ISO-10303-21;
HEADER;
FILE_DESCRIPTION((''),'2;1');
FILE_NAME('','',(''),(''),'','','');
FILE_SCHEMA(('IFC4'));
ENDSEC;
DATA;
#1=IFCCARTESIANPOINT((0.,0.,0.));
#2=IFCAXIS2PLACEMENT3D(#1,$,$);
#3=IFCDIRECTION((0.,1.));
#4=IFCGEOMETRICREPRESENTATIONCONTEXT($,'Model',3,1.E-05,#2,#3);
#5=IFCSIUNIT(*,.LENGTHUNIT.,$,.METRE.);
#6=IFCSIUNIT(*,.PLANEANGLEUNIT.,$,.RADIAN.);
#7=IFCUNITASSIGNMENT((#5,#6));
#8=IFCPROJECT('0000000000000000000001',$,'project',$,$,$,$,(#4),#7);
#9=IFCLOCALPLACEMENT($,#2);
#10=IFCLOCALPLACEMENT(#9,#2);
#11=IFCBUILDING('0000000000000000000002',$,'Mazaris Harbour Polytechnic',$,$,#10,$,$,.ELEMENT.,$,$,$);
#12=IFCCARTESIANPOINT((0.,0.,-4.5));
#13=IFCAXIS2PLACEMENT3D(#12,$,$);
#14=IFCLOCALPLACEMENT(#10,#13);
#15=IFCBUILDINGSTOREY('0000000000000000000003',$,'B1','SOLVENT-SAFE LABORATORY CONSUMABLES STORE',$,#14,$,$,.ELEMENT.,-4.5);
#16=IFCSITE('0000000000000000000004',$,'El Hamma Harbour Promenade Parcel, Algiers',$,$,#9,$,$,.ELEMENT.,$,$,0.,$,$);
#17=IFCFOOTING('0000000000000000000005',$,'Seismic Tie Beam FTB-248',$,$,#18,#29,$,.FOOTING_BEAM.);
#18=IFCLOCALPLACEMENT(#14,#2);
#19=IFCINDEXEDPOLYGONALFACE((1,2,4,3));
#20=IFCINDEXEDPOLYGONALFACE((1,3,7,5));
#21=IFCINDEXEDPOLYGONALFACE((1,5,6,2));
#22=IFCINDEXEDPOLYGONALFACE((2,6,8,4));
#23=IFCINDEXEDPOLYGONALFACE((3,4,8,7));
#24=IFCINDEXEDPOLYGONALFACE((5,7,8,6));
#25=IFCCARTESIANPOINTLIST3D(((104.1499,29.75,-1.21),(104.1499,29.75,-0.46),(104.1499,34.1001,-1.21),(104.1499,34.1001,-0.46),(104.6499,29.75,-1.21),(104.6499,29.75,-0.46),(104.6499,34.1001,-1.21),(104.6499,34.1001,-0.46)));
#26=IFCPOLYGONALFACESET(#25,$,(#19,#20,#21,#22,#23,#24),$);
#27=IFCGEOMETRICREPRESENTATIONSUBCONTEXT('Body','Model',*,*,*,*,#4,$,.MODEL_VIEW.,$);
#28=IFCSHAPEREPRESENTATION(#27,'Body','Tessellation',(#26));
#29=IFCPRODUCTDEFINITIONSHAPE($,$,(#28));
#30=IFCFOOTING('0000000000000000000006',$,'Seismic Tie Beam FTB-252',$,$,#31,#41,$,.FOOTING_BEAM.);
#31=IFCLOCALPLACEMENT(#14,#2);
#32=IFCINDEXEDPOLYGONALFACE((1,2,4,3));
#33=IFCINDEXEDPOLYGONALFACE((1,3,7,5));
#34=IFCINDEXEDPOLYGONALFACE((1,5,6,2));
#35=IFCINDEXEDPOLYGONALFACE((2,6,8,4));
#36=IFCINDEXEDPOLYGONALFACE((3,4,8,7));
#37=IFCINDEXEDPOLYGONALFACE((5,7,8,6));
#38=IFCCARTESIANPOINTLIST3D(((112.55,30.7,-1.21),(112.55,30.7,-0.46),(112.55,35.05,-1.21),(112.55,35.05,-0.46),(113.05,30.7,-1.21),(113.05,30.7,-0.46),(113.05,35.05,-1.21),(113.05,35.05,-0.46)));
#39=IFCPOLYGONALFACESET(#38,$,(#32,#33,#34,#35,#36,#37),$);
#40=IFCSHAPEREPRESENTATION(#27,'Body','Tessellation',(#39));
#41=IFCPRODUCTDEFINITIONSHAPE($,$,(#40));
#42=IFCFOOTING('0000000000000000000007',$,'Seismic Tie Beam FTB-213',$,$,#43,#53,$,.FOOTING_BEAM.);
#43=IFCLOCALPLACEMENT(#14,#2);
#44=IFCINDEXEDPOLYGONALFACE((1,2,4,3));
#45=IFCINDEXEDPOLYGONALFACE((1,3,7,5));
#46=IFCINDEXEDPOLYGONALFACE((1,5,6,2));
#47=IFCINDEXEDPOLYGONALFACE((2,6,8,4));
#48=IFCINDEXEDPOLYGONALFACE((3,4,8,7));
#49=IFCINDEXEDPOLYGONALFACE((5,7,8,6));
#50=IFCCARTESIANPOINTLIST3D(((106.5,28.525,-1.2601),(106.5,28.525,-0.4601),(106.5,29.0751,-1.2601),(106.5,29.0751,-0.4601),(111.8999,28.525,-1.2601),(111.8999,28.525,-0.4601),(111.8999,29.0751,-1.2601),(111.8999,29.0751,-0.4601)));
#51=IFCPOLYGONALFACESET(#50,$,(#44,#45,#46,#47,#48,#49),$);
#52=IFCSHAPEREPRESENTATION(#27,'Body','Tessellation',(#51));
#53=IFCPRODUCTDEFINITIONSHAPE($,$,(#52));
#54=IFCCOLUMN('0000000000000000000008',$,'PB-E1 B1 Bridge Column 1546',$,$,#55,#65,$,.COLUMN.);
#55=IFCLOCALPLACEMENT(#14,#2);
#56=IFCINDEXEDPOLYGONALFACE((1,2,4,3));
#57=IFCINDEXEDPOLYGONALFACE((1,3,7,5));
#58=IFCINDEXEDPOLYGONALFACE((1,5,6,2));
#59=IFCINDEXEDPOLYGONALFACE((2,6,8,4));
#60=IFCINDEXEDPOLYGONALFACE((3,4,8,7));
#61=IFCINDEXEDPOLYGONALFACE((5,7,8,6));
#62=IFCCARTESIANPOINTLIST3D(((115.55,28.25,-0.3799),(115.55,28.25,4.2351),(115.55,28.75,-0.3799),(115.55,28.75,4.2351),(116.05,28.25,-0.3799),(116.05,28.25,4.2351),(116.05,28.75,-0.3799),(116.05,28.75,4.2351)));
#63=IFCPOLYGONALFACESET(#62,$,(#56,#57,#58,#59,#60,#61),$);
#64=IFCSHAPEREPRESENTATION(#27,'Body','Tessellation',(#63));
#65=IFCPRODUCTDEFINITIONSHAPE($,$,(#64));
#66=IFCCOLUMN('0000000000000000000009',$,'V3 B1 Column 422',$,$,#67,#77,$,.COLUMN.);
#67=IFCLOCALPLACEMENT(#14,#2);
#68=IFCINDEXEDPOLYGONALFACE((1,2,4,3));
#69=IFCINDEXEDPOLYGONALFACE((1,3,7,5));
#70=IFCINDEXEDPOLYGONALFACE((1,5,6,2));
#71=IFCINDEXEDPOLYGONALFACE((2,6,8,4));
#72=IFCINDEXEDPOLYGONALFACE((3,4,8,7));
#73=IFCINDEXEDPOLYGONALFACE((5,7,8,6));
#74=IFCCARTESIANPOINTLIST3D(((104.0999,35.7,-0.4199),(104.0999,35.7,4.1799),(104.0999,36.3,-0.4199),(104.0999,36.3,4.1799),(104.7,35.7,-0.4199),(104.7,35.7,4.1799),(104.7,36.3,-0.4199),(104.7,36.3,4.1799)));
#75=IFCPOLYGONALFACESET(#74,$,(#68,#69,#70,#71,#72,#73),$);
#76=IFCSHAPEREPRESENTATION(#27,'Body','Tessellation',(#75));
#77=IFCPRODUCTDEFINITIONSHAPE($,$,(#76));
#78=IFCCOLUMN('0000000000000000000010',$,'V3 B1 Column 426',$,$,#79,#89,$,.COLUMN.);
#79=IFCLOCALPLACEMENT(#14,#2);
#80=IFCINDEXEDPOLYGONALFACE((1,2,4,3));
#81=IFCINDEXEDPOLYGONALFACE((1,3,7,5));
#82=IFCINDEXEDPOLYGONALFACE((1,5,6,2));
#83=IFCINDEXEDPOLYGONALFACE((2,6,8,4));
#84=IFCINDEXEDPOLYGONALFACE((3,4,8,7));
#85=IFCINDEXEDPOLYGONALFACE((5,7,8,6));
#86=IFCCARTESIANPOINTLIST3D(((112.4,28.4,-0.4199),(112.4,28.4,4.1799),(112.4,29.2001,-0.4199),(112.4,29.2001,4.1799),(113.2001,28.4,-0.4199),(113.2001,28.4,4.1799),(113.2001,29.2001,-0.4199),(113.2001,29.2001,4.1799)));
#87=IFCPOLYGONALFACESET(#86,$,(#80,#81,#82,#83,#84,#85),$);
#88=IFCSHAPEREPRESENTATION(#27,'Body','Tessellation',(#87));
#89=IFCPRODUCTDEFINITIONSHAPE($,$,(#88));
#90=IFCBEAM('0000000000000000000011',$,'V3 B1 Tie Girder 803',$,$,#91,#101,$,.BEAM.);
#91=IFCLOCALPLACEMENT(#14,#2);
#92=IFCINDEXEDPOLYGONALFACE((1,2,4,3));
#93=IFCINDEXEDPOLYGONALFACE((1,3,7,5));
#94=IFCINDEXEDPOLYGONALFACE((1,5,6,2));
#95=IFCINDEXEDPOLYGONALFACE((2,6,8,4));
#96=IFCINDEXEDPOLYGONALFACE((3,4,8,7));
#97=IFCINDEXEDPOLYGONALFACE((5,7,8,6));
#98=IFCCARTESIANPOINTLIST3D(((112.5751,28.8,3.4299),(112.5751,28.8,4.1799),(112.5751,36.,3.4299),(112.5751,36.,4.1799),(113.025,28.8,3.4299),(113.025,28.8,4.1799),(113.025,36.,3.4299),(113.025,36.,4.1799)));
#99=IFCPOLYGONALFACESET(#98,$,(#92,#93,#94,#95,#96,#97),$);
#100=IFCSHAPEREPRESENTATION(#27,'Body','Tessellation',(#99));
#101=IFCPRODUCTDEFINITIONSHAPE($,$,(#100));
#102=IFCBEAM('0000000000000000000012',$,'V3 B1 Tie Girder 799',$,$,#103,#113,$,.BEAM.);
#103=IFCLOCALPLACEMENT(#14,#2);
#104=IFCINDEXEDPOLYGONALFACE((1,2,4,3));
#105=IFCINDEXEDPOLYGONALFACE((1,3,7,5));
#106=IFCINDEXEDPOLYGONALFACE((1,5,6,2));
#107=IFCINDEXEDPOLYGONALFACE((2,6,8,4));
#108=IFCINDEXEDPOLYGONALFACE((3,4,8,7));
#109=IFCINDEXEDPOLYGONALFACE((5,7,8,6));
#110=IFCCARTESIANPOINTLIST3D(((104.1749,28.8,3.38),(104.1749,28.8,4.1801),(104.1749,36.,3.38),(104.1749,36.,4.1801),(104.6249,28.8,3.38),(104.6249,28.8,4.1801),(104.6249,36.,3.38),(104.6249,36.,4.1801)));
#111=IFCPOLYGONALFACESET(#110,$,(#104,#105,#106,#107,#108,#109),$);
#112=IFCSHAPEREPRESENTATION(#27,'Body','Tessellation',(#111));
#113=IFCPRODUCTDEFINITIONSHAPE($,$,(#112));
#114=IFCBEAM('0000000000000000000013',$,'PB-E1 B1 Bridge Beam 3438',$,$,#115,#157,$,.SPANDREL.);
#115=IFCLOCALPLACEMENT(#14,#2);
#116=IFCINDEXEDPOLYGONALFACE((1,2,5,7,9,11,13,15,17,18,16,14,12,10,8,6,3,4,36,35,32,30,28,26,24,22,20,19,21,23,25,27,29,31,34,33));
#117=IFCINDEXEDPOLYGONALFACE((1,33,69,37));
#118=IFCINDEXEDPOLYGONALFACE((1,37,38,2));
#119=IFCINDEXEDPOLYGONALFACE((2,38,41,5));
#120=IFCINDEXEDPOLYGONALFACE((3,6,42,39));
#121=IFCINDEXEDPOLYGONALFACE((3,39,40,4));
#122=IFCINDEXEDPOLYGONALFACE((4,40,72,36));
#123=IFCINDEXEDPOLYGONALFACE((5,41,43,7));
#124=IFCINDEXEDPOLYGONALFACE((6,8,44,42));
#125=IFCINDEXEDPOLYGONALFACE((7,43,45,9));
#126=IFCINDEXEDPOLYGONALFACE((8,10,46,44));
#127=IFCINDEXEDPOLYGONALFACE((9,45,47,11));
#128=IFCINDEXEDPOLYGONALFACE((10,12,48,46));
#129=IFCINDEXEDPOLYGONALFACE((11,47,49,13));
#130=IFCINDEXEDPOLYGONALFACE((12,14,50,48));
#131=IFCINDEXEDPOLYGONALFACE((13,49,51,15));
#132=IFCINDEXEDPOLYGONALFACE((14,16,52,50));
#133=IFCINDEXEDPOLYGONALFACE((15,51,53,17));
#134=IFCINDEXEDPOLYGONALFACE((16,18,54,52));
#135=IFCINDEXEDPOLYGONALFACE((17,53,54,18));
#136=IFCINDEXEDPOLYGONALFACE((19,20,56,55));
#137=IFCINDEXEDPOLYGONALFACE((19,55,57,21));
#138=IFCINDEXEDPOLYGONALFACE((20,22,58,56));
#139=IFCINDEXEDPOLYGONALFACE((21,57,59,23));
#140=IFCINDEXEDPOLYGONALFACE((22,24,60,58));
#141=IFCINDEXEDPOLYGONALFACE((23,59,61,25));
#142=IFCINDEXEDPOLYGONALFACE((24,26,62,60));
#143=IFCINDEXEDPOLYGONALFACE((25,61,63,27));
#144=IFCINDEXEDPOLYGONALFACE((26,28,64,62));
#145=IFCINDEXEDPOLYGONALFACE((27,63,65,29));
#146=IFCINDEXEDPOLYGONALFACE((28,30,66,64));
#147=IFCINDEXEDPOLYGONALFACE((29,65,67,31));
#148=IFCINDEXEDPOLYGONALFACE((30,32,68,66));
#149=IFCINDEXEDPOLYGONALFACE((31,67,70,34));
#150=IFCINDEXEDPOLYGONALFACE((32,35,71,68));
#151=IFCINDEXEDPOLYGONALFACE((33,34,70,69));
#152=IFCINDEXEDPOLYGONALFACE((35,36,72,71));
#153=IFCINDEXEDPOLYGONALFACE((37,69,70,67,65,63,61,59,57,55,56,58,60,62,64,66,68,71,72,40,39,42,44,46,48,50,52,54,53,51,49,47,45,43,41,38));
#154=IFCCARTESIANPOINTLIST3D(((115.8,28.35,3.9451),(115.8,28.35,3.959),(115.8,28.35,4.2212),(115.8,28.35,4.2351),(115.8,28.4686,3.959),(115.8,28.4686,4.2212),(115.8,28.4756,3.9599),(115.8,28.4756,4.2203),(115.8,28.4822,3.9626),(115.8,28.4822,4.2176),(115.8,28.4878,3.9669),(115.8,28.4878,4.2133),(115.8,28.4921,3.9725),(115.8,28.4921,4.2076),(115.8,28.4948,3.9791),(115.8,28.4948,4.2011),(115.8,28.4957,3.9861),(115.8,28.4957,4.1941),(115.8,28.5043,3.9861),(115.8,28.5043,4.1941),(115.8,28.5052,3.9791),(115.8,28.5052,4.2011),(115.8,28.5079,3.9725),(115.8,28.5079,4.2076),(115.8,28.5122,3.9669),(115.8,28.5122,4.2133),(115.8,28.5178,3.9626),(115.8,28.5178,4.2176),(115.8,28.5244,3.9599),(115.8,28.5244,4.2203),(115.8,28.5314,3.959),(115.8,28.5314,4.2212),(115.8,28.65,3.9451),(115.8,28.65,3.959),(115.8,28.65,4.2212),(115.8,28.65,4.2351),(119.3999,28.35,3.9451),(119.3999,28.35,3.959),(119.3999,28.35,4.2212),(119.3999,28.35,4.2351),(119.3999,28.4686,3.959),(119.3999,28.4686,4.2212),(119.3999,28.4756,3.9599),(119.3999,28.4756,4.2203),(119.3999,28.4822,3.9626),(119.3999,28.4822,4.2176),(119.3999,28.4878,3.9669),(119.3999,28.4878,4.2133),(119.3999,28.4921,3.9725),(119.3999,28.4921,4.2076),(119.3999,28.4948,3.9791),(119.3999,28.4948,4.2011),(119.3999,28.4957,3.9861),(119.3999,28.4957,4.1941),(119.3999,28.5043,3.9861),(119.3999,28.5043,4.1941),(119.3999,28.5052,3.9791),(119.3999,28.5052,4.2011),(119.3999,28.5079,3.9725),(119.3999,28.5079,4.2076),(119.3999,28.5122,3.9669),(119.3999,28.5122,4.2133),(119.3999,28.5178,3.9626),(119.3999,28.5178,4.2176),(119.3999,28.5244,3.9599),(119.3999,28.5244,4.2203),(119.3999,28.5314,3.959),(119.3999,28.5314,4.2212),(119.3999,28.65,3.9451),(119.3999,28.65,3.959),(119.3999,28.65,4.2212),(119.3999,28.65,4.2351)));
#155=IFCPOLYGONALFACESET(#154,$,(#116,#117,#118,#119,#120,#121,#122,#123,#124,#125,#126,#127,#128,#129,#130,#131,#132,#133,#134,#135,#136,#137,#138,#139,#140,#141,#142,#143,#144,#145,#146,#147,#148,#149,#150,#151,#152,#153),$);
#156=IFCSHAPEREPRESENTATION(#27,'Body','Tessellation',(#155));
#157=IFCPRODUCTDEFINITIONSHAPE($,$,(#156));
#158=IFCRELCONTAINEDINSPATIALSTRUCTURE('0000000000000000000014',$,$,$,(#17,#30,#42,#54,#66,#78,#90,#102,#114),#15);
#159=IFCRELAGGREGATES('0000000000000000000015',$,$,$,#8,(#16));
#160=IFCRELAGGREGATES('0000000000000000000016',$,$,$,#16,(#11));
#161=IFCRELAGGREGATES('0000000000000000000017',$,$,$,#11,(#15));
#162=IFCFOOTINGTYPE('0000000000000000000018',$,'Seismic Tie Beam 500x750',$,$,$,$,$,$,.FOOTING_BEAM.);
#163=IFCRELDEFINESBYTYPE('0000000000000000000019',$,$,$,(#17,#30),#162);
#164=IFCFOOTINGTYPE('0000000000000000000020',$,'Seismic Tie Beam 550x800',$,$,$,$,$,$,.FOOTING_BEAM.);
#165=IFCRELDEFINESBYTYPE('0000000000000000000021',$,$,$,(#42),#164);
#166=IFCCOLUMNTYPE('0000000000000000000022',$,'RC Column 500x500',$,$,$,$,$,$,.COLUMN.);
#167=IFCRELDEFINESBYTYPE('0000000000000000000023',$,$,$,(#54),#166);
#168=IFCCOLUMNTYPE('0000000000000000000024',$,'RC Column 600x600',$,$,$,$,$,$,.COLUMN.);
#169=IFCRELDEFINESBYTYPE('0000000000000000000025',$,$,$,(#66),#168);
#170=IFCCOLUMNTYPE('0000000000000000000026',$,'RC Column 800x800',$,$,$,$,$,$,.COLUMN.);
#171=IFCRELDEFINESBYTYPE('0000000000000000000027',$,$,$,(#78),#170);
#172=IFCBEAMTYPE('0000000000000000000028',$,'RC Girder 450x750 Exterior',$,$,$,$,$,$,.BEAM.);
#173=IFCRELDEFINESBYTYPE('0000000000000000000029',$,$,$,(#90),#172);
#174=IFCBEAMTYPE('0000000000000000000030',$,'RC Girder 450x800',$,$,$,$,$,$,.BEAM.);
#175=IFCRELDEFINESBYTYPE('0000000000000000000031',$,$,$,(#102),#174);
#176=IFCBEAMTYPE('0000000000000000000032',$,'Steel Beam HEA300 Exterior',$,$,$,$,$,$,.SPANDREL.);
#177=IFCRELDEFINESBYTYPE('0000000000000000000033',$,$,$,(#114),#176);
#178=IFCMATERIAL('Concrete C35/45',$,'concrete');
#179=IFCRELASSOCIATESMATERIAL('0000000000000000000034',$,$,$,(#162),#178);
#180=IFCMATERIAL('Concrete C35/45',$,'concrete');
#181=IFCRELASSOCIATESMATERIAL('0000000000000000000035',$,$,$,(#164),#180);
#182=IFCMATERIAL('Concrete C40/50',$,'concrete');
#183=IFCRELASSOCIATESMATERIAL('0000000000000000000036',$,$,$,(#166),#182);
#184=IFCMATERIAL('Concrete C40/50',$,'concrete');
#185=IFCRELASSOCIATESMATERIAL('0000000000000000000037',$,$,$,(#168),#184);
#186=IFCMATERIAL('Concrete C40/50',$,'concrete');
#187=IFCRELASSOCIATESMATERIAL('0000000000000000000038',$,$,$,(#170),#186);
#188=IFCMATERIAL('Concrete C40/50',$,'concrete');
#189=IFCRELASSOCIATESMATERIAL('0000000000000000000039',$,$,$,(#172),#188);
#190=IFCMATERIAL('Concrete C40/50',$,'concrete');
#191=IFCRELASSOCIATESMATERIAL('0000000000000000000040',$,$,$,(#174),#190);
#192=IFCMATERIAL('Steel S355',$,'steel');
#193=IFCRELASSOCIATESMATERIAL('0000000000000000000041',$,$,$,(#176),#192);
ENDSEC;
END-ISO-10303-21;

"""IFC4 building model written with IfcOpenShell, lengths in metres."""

from ifc_helpers import new_model, si_unit, direction, frame, origin, origin_2d, place, context, subcontext, project, spatial, rectangle, i_section, extrude, material, material_profile, profile_set, type_object, element, save


model = new_model("IFC4")

# Units and contexts
model_context = context("Model", 3, precision=1e-05, world=origin(), true_north=direction((0.0, 1.0)))
body_context = subcontext(model_context, "Body", "Model", "MODEL_VIEW")
ifc_project = project(units=[si_unit("LENGTHUNIT", "METRE"), si_unit("PLANEANGLEUNIT", "RADIAN")], contexts=[model_context])

# Site, building, storey
site_placement = place(None, origin())
site = spatial("IfcSite", under=ifc_project, at=site_placement, Name="El Hamma Harbour Promenade Parcel, Algiers", CompositionType="ELEMENT", RefElevation=0.0)
building_placement = place(site_placement, origin())
building = spatial("IfcBuilding", under=site, at=building_placement, Name="Mazaris Harbour Polytechnic", CompositionType="ELEMENT")
storey_placement = place(building_placement, frame((0.0, 0.0, -4.5)))
storey = spatial("IfcBuildingStorey", under=building, at=storey_placement, Name="B1", Description="SOLVENT-SAFE LABORATORY CONSUMABLES STORE", CompositionType="ELEMENT", Elevation=-4.5)

# Footings
ifc_material_1 = material(Name="Concrete C35/45", Category="concrete")
ifc_material_profile_1 = material_profile(ifc_material_1, rectangle(XDim=0.5, YDim=0.75, at=origin_2d()), Name="RECT500x750")
ifc_profile_set_1 = profile_set([ifc_material_profile_1], Name="Concrete C35/45")
footing_type_1 = type_object("IfcFootingType", Name="Seismic Tie Beam 500x750", PredefinedType="FOOTING_BEAM", material=ifc_profile_set_1)
for number, where, z_axis, x_axis, name in (
    (1, (104.3999, 29.75, -0.835), (0.0, 1.0, 0.0), (-1.0, 0.0, 0.0), "Seismic Tie Beam FTB-248"),
    (2, (112.8, 30.7, -0.835), (0.0, 1.0, 0.0), (-1.0, 0.0, 0.0), "Seismic Tie Beam FTB-252"),
):
    element("IfcFooting", number, at=place(storey_placement, frame(where, z_axis=z_axis, x_axis=x_axis)), inside=storey, type_object=footing_type_1, Name=name, PredefinedType="FOOTING_BEAM", context=body_context, shape_type="SweptSolid", body=[
        extrude(rectangle(XDim=0.5, YDim=0.75, at=origin_2d()), origin(), (0.0, 0.0, 1.0), 4.3501),
    ])
ifc_material_2 = material(Name="Concrete C35/45", Category="concrete")
ifc_material_profile_2 = material_profile(ifc_material_2, rectangle(XDim=0.55, YDim=0.8, at=origin_2d()), Name="RECT550x800")
ifc_profile_set_2 = profile_set([ifc_material_profile_2], Name="Concrete C35/45")
footing_type_2 = type_object("IfcFootingType", Name="Seismic Tie Beam 550x800", PredefinedType="FOOTING_BEAM", material=ifc_profile_set_2)
footing_1_placement = place(storey_placement, frame((106.5, 28.8, -0.8601), z_axis=(1.0, 0.0, 0.0), x_axis=(0.0, 1.0, 0.0)))
element("IfcFooting", 3, at=footing_1_placement, inside=storey, type_object=footing_type_2, Name="Seismic Tie Beam FTB-213", PredefinedType="FOOTING_BEAM", context=body_context, shape_type="SweptSolid", body=[
    extrude(rectangle(XDim=0.55, YDim=0.8, at=origin_2d()), origin(), (0.0, 0.0, 1.0), 5.3999),
])

# Columns
ifc_material_3 = material(Name="Concrete C40/50", Category="concrete")
ifc_material_profile_3 = material_profile(ifc_material_3, rectangle(XDim=0.5, YDim=0.5, at=origin_2d()), Name="RECT500x500")
ifc_profile_set_3 = profile_set([ifc_material_profile_3], Name="Concrete C40/50")
column_type_1 = type_object("IfcColumnType", Name="RC Column 500x500", PredefinedType="COLUMN", material=ifc_profile_set_3)
column_1_placement = place(storey_placement, frame((115.8, 28.5, -0.3799), z_axis=(0.0, 0.0, 1.0), x_axis=(1.0, 0.0, 0.0)))
element("IfcColumn", 4, at=column_1_placement, inside=storey, type_object=column_type_1, Name="PB-E1 B1 Bridge Column 1546", PredefinedType="COLUMN", context=body_context, shape_type="SweptSolid", body=[
    extrude(rectangle(XDim=0.5, YDim=0.5, at=origin_2d()), origin(), (0.0, 0.0, 1.0), 4.615),
])
ifc_material_4 = material(Name="Concrete C40/50", Category="concrete")
ifc_material_profile_4 = material_profile(ifc_material_4, rectangle(XDim=0.6001, YDim=0.6001, at=origin_2d()), Name="RECT600x600")
ifc_profile_set_4 = profile_set([ifc_material_profile_4], Name="Concrete C40/50")
column_type_2 = type_object("IfcColumnType", Name="RC Column 600x600", PredefinedType="COLUMN", material=ifc_profile_set_4)
column_2_placement = place(storey_placement, frame((104.3999, 36.0, -0.4199), z_axis=(0.0, 0.0, 1.0), x_axis=(1.0, 0.0, 0.0)))
element("IfcColumn", 5, at=column_2_placement, inside=storey, type_object=column_type_2, Name="V3 B1 Column 422", PredefinedType="COLUMN", context=body_context, shape_type="SweptSolid", body=[
    extrude(rectangle(XDim=0.6001, YDim=0.6001, at=origin_2d()), origin(), (0.0, 0.0, 1.0), 4.5999),
])
ifc_material_5 = material(Name="Concrete C40/50", Category="concrete")
ifc_material_profile_5 = material_profile(ifc_material_5, rectangle(XDim=0.8, YDim=0.8, at=origin_2d()), Name="RECT800x800")
ifc_profile_set_5 = profile_set([ifc_material_profile_5], Name="Concrete C40/50")
column_type_3 = type_object("IfcColumnType", Name="RC Column 800x800", PredefinedType="COLUMN", material=ifc_profile_set_5)
column_3_placement = place(storey_placement, frame((112.8, 28.8, -0.4199), z_axis=(0.0, 0.0, 1.0), x_axis=(1.0, 0.0, 0.0)))
element("IfcColumn", 6, at=column_3_placement, inside=storey, type_object=column_type_3, Name="V3 B1 Column 426", PredefinedType="COLUMN", context=body_context, shape_type="SweptSolid", body=[
    extrude(rectangle(XDim=0.8, YDim=0.8, at=origin_2d()), origin(), (0.0, 0.0, 1.0), 4.5999),
])

# Beams
ifc_material_6 = material(Name="Concrete C40/50", Category="concrete")
ifc_material_profile_6 = material_profile(ifc_material_6, rectangle(XDim=0.45, YDim=0.75, at=origin_2d()), Name="RECT450x750")
ifc_profile_set_6 = profile_set([ifc_material_profile_6], Name="Concrete C40/50")
beam_type_1 = type_object("IfcBeamType", Name="RC Girder 450x750 Exterior", PredefinedType="BEAM", material=ifc_profile_set_6)
beam_1_placement = place(storey_placement, frame((112.8, 28.8, 3.8049), z_axis=(0.0, 1.0, 0.0), x_axis=(-1.0, 0.0, 0.0)))
element("IfcBeam", 7, at=beam_1_placement, inside=storey, type_object=beam_type_1, Name="V3 B1 Tie Girder 803", PredefinedType="BEAM", context=body_context, shape_type="SweptSolid", body=[
    extrude(rectangle(XDim=0.45, YDim=0.75, at=origin_2d()), origin(), (0.0, 0.0, 1.0), 7.2),
])
ifc_material_7 = material(Name="Concrete C40/50", Category="concrete")
ifc_material_profile_7 = material_profile(ifc_material_7, rectangle(XDim=0.45, YDim=0.8, at=origin_2d()), Name="RECT450x800")
ifc_profile_set_7 = profile_set([ifc_material_profile_7], Name="Concrete C40/50")
beam_type_2 = type_object("IfcBeamType", Name="RC Girder 450x800", PredefinedType="BEAM", material=ifc_profile_set_7)
beam_2_placement = place(storey_placement, frame((104.3999, 28.8, 3.78), z_axis=(0.0, 1.0, 0.0), x_axis=(-1.0, 0.0, 0.0)))
element("IfcBeam", 8, at=beam_2_placement, inside=storey, type_object=beam_type_2, Name="V3 B1 Tie Girder 799", PredefinedType="BEAM", context=body_context, shape_type="SweptSolid", body=[
    extrude(rectangle(XDim=0.45, YDim=0.8, at=origin_2d()), origin(), (0.0, 0.0, 1.0), 7.2),
])
ifc_material_8 = material(Name="Steel S355", Category="steel")
ifc_material_profile_8 = material_profile(ifc_material_8, i_section(OverallWidth=0.3, OverallDepth=0.29, WebThickness=0.0085, FlangeThickness=0.0139, FilletRadius=0.0271, at=origin_2d()), Name="HEA 300")
ifc_profile_set_8 = profile_set([ifc_material_profile_8], Name="Steel S355")
beam_type_3 = type_object("IfcBeamType", Name="Steel Beam HEA300 Exterior", PredefinedType="SPANDREL", material=ifc_profile_set_8)
beam_3_placement = place(storey_placement, frame((115.8, 28.5, 4.0901), z_axis=(1.0, 0.0, 0.0), x_axis=(0.0, 1.0, 0.0)))
element("IfcBeam", 9, at=beam_3_placement, inside=storey, type_object=beam_type_3, Name="PB-E1 B1 Bridge Beam 3438", PredefinedType="SPANDREL", context=body_context, shape_type="SweptSolid", body=[
    extrude(i_section(OverallWidth=0.3, OverallDepth=0.29, WebThickness=0.0085, FlangeThickness=0.0139, FilletRadius=0.0271, at=origin_2d()), origin(), (0.0, 0.0, 1.0), 3.5999),
])

save(model, "model.ifc")
